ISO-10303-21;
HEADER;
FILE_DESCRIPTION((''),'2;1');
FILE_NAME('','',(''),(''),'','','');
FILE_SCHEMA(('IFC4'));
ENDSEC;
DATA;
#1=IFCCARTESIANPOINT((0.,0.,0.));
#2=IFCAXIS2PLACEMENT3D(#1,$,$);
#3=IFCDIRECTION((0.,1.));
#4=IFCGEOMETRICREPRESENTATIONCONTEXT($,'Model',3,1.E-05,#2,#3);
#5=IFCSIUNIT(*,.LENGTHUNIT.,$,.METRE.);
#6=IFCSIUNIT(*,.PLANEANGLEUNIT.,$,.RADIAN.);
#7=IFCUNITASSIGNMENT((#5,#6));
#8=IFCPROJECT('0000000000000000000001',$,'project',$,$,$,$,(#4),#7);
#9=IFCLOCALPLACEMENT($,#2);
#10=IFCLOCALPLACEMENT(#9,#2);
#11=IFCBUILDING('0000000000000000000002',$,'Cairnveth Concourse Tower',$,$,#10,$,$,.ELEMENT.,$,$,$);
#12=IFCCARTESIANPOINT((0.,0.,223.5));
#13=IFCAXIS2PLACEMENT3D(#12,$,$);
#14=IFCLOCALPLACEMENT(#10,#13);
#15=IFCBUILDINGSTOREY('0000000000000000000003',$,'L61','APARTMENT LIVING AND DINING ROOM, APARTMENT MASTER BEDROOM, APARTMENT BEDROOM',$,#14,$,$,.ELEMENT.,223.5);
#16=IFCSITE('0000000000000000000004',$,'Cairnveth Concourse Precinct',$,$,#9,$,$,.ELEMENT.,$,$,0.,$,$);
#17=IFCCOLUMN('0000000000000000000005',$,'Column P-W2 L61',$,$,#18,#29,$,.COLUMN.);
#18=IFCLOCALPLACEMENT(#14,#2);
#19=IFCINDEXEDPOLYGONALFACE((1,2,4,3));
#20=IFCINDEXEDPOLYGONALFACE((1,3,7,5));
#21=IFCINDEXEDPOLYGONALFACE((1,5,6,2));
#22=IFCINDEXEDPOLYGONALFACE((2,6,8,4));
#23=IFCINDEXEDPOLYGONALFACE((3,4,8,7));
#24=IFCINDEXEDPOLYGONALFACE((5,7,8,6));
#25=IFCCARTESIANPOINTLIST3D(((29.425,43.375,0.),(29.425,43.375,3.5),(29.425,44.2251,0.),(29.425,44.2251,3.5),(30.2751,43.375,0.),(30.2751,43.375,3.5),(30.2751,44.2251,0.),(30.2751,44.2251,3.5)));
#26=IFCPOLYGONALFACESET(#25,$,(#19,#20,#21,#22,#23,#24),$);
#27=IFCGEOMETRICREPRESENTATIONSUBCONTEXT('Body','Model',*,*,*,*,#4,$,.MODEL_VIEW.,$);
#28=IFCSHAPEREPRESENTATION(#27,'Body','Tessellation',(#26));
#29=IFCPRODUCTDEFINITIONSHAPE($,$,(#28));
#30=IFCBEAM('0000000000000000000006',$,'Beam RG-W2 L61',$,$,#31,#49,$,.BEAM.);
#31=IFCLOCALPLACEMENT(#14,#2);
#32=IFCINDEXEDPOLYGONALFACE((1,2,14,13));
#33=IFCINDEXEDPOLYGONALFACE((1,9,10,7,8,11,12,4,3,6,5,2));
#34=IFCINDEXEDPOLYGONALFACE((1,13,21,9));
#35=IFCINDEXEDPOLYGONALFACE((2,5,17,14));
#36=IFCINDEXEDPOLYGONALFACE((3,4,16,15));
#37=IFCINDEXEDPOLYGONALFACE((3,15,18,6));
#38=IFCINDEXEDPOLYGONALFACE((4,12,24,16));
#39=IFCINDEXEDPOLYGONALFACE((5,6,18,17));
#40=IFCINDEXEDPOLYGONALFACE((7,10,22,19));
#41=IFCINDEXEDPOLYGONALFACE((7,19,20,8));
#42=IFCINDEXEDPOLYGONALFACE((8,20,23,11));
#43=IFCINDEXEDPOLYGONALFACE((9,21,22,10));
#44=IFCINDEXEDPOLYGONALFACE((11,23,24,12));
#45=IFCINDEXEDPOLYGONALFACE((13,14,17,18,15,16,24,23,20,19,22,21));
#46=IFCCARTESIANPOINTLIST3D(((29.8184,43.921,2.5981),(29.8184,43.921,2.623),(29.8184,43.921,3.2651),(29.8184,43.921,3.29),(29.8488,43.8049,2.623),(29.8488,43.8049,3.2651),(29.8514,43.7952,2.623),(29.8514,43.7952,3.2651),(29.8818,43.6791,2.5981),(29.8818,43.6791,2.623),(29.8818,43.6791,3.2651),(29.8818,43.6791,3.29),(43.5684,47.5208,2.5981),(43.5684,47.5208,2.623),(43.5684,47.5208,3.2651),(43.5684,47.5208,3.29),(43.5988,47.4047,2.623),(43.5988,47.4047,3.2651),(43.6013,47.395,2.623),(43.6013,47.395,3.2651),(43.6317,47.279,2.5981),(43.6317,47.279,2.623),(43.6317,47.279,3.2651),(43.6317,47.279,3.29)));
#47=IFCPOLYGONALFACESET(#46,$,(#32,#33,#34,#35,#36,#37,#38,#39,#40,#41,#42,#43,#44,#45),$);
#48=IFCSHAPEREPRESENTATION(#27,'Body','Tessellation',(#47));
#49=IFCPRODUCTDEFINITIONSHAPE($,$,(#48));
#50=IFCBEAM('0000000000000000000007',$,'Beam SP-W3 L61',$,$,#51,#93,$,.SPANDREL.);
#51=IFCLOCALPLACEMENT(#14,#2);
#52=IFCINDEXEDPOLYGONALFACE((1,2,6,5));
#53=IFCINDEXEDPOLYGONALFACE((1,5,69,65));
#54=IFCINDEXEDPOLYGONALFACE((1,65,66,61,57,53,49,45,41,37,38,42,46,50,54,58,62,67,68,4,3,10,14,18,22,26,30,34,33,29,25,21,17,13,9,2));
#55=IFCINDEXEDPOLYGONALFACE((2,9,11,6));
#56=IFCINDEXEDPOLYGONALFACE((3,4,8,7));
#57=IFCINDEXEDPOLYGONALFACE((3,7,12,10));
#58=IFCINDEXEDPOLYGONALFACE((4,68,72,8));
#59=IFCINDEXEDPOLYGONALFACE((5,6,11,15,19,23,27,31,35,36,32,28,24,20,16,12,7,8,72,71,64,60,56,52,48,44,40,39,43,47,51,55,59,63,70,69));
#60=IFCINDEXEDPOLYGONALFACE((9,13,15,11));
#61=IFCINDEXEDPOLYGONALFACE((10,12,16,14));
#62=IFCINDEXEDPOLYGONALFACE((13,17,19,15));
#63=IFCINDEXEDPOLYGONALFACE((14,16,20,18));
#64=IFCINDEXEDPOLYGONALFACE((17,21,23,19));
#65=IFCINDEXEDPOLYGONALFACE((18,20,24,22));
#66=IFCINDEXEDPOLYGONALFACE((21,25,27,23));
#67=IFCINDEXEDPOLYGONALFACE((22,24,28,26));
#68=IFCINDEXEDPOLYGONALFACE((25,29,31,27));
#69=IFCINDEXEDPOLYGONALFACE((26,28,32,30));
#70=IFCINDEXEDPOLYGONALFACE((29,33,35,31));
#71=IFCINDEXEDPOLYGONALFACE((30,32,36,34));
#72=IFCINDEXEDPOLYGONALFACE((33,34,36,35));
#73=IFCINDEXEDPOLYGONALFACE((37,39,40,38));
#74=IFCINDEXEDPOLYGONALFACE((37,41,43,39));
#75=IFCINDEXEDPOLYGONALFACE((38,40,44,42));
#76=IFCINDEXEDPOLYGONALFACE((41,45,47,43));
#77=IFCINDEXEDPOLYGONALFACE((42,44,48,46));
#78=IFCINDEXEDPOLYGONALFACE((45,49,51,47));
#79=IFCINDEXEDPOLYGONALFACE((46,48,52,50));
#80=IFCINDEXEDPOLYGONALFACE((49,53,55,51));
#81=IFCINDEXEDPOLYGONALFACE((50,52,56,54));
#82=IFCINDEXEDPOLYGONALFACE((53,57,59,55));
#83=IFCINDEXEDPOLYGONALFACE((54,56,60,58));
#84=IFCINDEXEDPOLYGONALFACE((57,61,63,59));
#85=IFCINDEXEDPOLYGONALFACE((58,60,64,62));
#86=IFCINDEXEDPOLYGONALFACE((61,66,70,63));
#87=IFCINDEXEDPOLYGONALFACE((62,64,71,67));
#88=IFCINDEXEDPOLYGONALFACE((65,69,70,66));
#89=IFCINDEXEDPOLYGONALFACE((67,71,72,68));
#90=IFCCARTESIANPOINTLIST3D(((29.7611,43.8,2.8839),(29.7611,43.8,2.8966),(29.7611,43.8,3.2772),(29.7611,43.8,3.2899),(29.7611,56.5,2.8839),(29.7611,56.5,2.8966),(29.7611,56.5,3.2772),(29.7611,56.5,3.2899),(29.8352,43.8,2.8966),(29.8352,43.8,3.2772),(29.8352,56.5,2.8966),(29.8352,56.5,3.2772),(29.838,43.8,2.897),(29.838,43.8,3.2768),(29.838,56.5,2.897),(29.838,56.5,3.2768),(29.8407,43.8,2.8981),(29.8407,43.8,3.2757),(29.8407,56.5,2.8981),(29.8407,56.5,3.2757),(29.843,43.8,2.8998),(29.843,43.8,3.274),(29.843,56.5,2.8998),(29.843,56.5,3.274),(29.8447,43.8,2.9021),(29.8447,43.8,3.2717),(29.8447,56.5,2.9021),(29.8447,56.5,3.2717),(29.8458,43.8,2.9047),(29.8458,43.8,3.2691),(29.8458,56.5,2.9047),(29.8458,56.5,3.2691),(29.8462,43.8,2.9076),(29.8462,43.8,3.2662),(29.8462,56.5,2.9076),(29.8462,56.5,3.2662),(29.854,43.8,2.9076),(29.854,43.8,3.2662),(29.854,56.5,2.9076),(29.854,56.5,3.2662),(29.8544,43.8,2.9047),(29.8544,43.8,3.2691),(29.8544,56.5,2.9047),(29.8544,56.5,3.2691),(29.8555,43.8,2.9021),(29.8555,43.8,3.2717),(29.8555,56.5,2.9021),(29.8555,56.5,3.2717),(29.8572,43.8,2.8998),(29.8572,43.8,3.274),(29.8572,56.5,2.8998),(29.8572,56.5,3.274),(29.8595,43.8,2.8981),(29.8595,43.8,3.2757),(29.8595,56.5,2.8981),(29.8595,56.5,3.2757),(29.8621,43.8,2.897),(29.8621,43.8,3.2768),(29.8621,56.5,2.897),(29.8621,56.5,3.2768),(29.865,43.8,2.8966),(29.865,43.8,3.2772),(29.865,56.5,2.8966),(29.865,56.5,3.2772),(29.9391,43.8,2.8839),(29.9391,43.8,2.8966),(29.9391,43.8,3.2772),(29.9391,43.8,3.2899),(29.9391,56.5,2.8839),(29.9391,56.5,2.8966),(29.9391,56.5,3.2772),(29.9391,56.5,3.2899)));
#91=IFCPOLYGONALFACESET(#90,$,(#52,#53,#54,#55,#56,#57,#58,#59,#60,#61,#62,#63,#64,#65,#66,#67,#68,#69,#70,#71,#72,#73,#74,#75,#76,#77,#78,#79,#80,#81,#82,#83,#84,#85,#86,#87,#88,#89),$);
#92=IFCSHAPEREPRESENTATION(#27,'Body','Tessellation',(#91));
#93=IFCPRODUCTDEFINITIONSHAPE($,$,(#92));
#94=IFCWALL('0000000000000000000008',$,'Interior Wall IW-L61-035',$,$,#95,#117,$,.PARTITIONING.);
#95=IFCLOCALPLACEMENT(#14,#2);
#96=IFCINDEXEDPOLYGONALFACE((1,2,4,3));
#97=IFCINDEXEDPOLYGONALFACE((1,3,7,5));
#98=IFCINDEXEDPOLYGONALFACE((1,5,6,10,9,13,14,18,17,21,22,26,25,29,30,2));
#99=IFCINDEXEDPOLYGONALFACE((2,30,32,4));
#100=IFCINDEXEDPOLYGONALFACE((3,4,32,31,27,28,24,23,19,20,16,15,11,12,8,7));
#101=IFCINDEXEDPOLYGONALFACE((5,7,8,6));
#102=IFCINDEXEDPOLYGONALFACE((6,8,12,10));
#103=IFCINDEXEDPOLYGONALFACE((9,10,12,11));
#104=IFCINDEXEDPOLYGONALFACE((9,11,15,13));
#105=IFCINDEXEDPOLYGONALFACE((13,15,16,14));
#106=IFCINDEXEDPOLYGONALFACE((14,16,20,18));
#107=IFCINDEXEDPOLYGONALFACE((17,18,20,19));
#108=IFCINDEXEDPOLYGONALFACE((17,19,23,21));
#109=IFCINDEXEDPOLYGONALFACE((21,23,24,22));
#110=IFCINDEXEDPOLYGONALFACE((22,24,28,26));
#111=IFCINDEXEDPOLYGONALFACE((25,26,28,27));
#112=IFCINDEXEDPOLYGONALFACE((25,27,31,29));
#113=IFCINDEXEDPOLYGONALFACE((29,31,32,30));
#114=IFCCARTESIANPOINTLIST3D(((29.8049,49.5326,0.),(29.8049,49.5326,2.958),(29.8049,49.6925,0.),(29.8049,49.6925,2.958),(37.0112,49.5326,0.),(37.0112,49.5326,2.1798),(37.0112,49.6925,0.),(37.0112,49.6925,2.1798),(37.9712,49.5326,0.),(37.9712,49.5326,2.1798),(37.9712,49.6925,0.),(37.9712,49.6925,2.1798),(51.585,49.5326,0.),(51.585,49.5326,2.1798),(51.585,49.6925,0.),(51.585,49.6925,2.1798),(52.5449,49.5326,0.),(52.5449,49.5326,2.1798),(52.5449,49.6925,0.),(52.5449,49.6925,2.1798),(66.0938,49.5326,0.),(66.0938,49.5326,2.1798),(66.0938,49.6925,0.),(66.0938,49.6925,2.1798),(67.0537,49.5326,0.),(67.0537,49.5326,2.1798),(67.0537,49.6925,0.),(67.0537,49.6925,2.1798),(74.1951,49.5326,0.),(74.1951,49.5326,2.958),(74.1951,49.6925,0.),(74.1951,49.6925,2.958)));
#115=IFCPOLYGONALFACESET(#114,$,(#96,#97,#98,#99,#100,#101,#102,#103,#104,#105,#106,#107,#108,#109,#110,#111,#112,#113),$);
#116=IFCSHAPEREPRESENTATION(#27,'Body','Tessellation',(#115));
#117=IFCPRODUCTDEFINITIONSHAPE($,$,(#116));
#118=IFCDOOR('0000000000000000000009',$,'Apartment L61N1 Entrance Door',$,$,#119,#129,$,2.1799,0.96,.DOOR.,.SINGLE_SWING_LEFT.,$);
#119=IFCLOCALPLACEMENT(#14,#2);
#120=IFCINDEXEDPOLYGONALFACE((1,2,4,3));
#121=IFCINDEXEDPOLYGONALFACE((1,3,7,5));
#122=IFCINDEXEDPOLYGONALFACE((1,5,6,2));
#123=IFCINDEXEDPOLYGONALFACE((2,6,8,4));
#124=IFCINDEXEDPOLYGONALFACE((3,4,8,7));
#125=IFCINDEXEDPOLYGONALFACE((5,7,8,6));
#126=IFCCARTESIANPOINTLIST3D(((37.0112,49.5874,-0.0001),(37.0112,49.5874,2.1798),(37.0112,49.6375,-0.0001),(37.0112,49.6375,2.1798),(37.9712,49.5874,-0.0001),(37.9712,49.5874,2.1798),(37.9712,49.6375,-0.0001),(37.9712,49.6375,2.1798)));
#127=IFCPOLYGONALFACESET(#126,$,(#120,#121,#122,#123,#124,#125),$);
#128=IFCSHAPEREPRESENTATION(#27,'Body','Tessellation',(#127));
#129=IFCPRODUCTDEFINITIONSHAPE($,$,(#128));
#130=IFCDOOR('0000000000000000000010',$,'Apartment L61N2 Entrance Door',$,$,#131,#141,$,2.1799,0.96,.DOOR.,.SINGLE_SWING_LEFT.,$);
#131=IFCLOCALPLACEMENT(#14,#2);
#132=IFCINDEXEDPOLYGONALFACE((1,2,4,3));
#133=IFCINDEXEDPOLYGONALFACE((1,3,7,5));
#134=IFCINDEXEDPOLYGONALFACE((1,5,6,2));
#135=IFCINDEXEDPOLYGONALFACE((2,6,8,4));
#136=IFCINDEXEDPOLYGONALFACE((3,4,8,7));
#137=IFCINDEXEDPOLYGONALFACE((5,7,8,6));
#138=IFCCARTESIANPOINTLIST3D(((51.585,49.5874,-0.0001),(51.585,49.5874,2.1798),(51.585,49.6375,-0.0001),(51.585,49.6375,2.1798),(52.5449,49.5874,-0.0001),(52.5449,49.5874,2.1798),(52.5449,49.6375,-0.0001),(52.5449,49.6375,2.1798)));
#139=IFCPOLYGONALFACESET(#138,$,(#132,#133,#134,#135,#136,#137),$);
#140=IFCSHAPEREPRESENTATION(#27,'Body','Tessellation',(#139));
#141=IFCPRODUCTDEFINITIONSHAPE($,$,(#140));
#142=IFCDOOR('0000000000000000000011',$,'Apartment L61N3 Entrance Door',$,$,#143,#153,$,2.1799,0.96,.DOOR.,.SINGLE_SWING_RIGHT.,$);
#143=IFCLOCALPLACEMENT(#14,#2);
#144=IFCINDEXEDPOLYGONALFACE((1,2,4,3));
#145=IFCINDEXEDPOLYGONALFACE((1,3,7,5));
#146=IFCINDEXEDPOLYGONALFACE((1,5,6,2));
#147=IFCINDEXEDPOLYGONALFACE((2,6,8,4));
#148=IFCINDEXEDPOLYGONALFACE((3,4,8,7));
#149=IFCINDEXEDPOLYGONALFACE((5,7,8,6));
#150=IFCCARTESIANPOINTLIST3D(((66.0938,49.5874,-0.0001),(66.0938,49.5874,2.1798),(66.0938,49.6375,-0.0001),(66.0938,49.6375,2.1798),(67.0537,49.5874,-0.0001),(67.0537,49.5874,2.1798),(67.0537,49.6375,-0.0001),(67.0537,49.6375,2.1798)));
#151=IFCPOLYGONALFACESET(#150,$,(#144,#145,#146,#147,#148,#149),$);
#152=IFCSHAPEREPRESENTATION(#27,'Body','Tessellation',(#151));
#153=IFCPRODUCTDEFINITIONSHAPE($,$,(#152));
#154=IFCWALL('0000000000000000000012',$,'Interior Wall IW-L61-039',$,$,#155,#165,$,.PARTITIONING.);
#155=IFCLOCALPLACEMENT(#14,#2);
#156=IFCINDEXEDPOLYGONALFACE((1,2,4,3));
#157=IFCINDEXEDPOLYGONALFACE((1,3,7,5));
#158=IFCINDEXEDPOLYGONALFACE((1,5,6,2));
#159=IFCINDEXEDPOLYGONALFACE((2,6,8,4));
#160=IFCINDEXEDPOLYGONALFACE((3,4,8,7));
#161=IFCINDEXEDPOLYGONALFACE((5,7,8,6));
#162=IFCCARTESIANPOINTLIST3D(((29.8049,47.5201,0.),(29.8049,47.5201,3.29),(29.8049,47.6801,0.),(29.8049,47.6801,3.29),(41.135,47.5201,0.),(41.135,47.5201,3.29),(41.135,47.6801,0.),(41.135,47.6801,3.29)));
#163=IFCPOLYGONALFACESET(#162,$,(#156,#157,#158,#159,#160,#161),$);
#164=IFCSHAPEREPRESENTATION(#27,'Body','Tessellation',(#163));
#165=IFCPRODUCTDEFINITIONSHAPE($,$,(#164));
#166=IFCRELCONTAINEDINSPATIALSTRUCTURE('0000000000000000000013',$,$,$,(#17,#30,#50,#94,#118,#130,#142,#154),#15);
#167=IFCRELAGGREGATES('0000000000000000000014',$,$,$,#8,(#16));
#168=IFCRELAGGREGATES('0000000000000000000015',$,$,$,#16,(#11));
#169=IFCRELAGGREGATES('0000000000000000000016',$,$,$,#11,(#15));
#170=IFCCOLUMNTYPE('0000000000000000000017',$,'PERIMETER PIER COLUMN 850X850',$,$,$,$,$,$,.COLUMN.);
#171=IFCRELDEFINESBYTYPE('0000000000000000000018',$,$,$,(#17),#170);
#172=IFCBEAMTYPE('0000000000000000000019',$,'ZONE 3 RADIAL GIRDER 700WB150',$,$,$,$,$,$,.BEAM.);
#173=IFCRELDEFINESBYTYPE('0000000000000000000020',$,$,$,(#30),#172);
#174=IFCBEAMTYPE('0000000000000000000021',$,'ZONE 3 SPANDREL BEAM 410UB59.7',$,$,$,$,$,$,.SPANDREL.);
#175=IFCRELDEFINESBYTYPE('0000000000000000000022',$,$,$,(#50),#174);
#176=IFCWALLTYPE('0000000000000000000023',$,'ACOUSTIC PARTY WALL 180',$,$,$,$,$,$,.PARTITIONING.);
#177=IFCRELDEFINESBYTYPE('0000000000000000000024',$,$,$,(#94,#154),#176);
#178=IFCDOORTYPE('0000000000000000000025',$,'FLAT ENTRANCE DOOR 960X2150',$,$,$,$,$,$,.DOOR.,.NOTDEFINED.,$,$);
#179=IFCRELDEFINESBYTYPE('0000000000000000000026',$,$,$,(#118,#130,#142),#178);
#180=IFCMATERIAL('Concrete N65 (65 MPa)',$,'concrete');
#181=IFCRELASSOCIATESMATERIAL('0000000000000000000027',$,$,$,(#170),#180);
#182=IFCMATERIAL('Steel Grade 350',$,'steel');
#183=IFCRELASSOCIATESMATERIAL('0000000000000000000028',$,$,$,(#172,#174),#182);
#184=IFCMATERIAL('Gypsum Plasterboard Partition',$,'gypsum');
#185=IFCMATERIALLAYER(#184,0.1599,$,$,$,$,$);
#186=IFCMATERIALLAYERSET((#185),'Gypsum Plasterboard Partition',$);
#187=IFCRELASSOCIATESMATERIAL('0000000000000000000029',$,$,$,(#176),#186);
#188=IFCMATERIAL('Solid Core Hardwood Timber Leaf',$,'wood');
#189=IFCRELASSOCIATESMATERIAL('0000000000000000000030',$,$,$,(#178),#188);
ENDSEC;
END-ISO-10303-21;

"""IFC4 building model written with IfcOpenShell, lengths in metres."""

from ifc_helpers import new_model, si_unit, direction, frame, frame_2d, origin, origin_2d, place, context, subcontext, project, spatial, rectangle, i_section, extrude, material, layer, layer_set, material_profile, profile_set, type_object, element, fill, save


model = new_model("IFC4")

# Units and contexts
model_context = context("Model", 3, precision=1e-05, world=origin(), true_north=direction((0.0, 1.0)))
body_context = subcontext(model_context, "Body", "Model", "MODEL_VIEW")
ifc_project = project(units=[si_unit("LENGTHUNIT", "METRE"), si_unit("PLANEANGLEUNIT", "RADIAN")], contexts=[model_context])

# Site, building, storey
site_placement = place(None, origin())
site = spatial("IfcSite", under=ifc_project, at=site_placement, Name="Cairnveth Concourse Precinct", CompositionType="ELEMENT", RefElevation=0.0)
building_placement = place(site_placement, origin())
building = spatial("IfcBuilding", under=site, at=building_placement, Name="Cairnveth Concourse Tower", CompositionType="ELEMENT")
storey_placement = place(building_placement, frame((0.0, 0.0, 223.5)))
storey = spatial("IfcBuildingStorey", under=building, at=storey_placement, Name="L61", Description="APARTMENT LIVING AND DINING ROOM, APARTMENT MASTER BEDROOM, APARTMENT BEDROOM", CompositionType="ELEMENT", Elevation=223.5)

# Column
ifc_material_1 = material(Name="Concrete N65 (65 MPa)", Category="concrete")
ifc_material_profile_1 = material_profile(ifc_material_1, rectangle(XDim=0.8501, YDim=0.8501, at=origin_2d()), Name="RC-COL-850x850")
ifc_profile_set_1 = profile_set([ifc_material_profile_1], Name="Concrete N65 (65 MPa)")
column_type = type_object("IfcColumnType", Name="PERIMETER PIER COLUMN 850X850", PredefinedType="COLUMN", material=ifc_profile_set_1)
column_placement = place(storey_placement, frame((29.8501, 43.8, 0.0), z_axis=(0.0, 0.0, 1.0), x_axis=(0.0, 1.0, 0.0)))
element("IfcColumn", 1, at=column_placement, inside=storey, type_object=column_type, Name="Column P-W2 L61", PredefinedType="COLUMN", context=body_context, shape_type="SweptSolid", body=[
    extrude(rectangle(XDim=0.8501, YDim=0.8501, at=origin_2d()), origin(), (0.0, 0.0, 1.0), 3.5),
])

# Beams
ifc_material_2 = material(Name="Steel Grade 350", Category="steel")
ifc_material_profile_2 = material_profile(ifc_material_2, i_section(OverallWidth=0.25, OverallDepth=0.6919, WebThickness=0.01, FlangeThickness=0.0249, at=origin_2d()), Name="700WB150")
ifc_profile_set_2 = profile_set([ifc_material_profile_2], Name="Steel Grade 350")
beam_type_1 = type_object("IfcBeamType", Name="ZONE 3 RADIAL GIRDER 700WB150", PredefinedType="BEAM", material=ifc_profile_set_2)
beam_1_placement = place(storey_placement, frame((29.8501, 43.8, 2.9441), z_axis=(0.967395, 0.253271, 0.0), x_axis=(-0.253271, 0.967395, 0.0)))
element("IfcBeam", 2, at=beam_1_placement, inside=storey, type_object=beam_type_1, Name="Beam RG-W2 L61", PredefinedType="BEAM", context=body_context, shape_type="SweptSolid", body=[
    extrude(i_section(OverallWidth=0.25, OverallDepth=0.6919, WebThickness=0.01, FlangeThickness=0.0249, at=origin_2d()), origin(), (0.0, 0.0, 1.0), 14.2134),
])
ifc_material_profile_3 = material_profile(ifc_material_2, i_section(OverallWidth=0.178, OverallDepth=0.406, WebThickness=0.0078, FlangeThickness=0.0127, FilletRadius=0.011, at=origin_2d()), Name="410UB59.7")
ifc_profile_set_3 = profile_set([ifc_material_profile_3], Name="Steel Grade 350")
beam_type_2 = type_object("IfcBeamType", Name="ZONE 3 SPANDREL BEAM 410UB59.7", PredefinedType="SPANDREL", material=ifc_profile_set_3)
beam_2_placement = place(storey_placement, frame((29.8501, 43.8, 3.0869), z_axis=(0.0, 1.0, 0.0), x_axis=(-1.0, 0.0, 0.0)))
element("IfcBeam", 3, at=beam_2_placement, inside=storey, type_object=beam_type_2, Name="Beam SP-W3 L61", PredefinedType="SPANDREL", context=body_context, shape_type="SweptSolid", body=[
    extrude(i_section(OverallWidth=0.178, OverallDepth=0.406, WebThickness=0.0078, FlangeThickness=0.0127, FilletRadius=0.011, at=origin_2d()), origin(), (0.0, 0.0, 1.0), 12.7),
])

# Wall, openings, doors
ifc_material_3 = material(Name="Gypsum Plasterboard Partition", Category="gypsum")
ifc_layer_1 = layer(ifc_material_3, 0.1599)
ifc_layer_set_1 = layer_set([ifc_layer_1], Name="Gypsum Plasterboard Partition")
wall_type_1 = type_object("IfcWallType", Name="ACOUSTIC PARTY WALL 180", PredefinedType="PARTITIONING", material=ifc_layer_set_1)
wall_1_placement = place(storey_placement, frame((29.8049, 49.6125, 0.0), z_axis=(0.0, 0.0, 1.0), x_axis=(1.0, 0.0, 0.0)))
wall_1 = element("IfcWall", 4, at=wall_1_placement, inside=storey, type_object=wall_type_1, Name="Interior Wall IW-L61-035", PredefinedType="PARTITIONING", context=body_context, shape_type="SweptSolid", body=[
    extrude(rectangle(XDim=44.3901, YDim=0.1599, at=frame_2d((22.1951, 0.0))), origin(), (0.0, 0.0, 1.0), 2.958),
])
opening_1_placement = place(wall_1_placement, frame((7.2063, 0.0, 0.0)))
opening_1 = element("IfcOpeningElement", 5, at=opening_1_placement, cuts=wall_1, PredefinedType="OPENING", context=body_context, shape_type="SweptSolid", body=[
    extrude(rectangle(XDim=0.96, YDim=2.1799, at=frame_2d((0.48, 1.0898))), frame((0.0, 0.0898, 0.0), z_axis=(0.0, -1.0, 0.0), x_axis=(1.0, 0.0, 0.0)), (0.0, 0.0, 1.0), 0.1799),
])
opening_2_placement = place(wall_1_placement, frame((21.78, 0.0, 0.0)))
opening_2 = element("IfcOpeningElement", 6, at=opening_2_placement, cuts=wall_1, PredefinedType="OPENING", context=body_context, shape_type="SweptSolid", body=[
    extrude(rectangle(XDim=0.96, YDim=2.1799, at=frame_2d((0.48, 1.0898))), frame((0.0, 0.0898, 0.0), z_axis=(0.0, -1.0, 0.0), x_axis=(1.0, 0.0, 0.0)), (0.0, 0.0, 1.0), 0.1799),
])
opening_3_placement = place(wall_1_placement, frame((36.2888, 0.0, 0.0)))
opening_3 = element("IfcOpeningElement", 7, at=opening_3_placement, cuts=wall_1, PredefinedType="OPENING", context=body_context, shape_type="SweptSolid", body=[
    extrude(rectangle(XDim=0.96, YDim=2.1799, at=frame_2d((0.48, 1.0898))), frame((0.0, 0.0898, 0.0), z_axis=(0.0, -1.0, 0.0), x_axis=(1.0, 0.0, 0.0)), (0.0, 0.0, 1.0), 0.1799),
])
ifc_material_4 = material(Name="Solid Core Hardwood Timber Leaf", Category="wood")
door_type_1 = type_object("IfcDoorType", Name="FLAT ENTRANCE DOOR 960X2150", OperationType="NOTDEFINED", PredefinedType="DOOR", material=ifc_material_4)
door_1_placement = place(opening_1_placement, origin())
door_1 = element("IfcDoor", 8, at=door_1_placement, inside=storey, type_object=door_type_1, Name="Apartment L61N1 Entrance Door", OperationType="SINGLE_SWING_LEFT", OverallHeight=2.1799, OverallWidth=0.96, PredefinedType="DOOR", context=body_context, shape_type="SweptSolid", body=[
    extrude(rectangle(XDim=0.96, YDim=2.1799, at=frame_2d((0.48, 1.0898))), frame((0.0, 0.0249, 0.0), z_axis=(0.0, -1.0, 0.0), x_axis=(1.0, 0.0, 0.0)), (0.0, 0.0, 1.0), 0.05),
])
fill(opening_1, door_1)
door_2_placement = place(opening_2_placement, origin())
door_2 = element("IfcDoor", 9, at=door_2_placement, inside=storey, type_object=door_type_1, Name="Apartment L61N2 Entrance Door", OperationType="SINGLE_SWING_LEFT", OverallHeight=2.1799, OverallWidth=0.96, PredefinedType="DOOR", context=body_context, shape_type="SweptSolid", body=[
    extrude(rectangle(XDim=0.96, YDim=2.1799, at=frame_2d((0.48, 1.0898))), frame((0.0, 0.0249, 0.0), z_axis=(0.0, -1.0, 0.0), x_axis=(1.0, 0.0, 0.0)), (0.0, 0.0, 1.0), 0.05),
])
fill(opening_2, door_2)
door_3_placement = place(opening_3_placement, origin())
door_3 = element("IfcDoor", 10, at=door_3_placement, inside=storey, type_object=door_type_1, Name="Apartment L61N3 Entrance Door", OperationType="SINGLE_SWING_RIGHT", OverallHeight=2.1799, OverallWidth=0.96, PredefinedType="DOOR", context=body_context, shape_type="SweptSolid", body=[
    extrude(rectangle(XDim=0.96, YDim=2.1799, at=frame_2d((0.48, 1.0898))), frame((0.0, 0.0249, 0.0), z_axis=(0.0, -1.0, 0.0), x_axis=(1.0, 0.0, 0.0)), (0.0, 0.0, 1.0), 0.05),
])
fill(opening_3, door_3)

# Wall
wall_2_placement = place(storey_placement, frame((29.8049, 47.6001, 0.0), z_axis=(0.0, 0.0, 1.0), x_axis=(1.0, 0.0, 0.0)))
element("IfcWall", 11, at=wall_2_placement, inside=storey, type_object=wall_type_1, Name="Interior Wall IW-L61-039", PredefinedType="PARTITIONING", context=body_context, shape_type="SweptSolid", body=[
    extrude(rectangle(XDim=11.3301, YDim=0.1599, at=frame_2d((5.665, 0.0))), origin(), (0.0, 0.0, 1.0), 3.29),
])

save(model, "model.ifc")
